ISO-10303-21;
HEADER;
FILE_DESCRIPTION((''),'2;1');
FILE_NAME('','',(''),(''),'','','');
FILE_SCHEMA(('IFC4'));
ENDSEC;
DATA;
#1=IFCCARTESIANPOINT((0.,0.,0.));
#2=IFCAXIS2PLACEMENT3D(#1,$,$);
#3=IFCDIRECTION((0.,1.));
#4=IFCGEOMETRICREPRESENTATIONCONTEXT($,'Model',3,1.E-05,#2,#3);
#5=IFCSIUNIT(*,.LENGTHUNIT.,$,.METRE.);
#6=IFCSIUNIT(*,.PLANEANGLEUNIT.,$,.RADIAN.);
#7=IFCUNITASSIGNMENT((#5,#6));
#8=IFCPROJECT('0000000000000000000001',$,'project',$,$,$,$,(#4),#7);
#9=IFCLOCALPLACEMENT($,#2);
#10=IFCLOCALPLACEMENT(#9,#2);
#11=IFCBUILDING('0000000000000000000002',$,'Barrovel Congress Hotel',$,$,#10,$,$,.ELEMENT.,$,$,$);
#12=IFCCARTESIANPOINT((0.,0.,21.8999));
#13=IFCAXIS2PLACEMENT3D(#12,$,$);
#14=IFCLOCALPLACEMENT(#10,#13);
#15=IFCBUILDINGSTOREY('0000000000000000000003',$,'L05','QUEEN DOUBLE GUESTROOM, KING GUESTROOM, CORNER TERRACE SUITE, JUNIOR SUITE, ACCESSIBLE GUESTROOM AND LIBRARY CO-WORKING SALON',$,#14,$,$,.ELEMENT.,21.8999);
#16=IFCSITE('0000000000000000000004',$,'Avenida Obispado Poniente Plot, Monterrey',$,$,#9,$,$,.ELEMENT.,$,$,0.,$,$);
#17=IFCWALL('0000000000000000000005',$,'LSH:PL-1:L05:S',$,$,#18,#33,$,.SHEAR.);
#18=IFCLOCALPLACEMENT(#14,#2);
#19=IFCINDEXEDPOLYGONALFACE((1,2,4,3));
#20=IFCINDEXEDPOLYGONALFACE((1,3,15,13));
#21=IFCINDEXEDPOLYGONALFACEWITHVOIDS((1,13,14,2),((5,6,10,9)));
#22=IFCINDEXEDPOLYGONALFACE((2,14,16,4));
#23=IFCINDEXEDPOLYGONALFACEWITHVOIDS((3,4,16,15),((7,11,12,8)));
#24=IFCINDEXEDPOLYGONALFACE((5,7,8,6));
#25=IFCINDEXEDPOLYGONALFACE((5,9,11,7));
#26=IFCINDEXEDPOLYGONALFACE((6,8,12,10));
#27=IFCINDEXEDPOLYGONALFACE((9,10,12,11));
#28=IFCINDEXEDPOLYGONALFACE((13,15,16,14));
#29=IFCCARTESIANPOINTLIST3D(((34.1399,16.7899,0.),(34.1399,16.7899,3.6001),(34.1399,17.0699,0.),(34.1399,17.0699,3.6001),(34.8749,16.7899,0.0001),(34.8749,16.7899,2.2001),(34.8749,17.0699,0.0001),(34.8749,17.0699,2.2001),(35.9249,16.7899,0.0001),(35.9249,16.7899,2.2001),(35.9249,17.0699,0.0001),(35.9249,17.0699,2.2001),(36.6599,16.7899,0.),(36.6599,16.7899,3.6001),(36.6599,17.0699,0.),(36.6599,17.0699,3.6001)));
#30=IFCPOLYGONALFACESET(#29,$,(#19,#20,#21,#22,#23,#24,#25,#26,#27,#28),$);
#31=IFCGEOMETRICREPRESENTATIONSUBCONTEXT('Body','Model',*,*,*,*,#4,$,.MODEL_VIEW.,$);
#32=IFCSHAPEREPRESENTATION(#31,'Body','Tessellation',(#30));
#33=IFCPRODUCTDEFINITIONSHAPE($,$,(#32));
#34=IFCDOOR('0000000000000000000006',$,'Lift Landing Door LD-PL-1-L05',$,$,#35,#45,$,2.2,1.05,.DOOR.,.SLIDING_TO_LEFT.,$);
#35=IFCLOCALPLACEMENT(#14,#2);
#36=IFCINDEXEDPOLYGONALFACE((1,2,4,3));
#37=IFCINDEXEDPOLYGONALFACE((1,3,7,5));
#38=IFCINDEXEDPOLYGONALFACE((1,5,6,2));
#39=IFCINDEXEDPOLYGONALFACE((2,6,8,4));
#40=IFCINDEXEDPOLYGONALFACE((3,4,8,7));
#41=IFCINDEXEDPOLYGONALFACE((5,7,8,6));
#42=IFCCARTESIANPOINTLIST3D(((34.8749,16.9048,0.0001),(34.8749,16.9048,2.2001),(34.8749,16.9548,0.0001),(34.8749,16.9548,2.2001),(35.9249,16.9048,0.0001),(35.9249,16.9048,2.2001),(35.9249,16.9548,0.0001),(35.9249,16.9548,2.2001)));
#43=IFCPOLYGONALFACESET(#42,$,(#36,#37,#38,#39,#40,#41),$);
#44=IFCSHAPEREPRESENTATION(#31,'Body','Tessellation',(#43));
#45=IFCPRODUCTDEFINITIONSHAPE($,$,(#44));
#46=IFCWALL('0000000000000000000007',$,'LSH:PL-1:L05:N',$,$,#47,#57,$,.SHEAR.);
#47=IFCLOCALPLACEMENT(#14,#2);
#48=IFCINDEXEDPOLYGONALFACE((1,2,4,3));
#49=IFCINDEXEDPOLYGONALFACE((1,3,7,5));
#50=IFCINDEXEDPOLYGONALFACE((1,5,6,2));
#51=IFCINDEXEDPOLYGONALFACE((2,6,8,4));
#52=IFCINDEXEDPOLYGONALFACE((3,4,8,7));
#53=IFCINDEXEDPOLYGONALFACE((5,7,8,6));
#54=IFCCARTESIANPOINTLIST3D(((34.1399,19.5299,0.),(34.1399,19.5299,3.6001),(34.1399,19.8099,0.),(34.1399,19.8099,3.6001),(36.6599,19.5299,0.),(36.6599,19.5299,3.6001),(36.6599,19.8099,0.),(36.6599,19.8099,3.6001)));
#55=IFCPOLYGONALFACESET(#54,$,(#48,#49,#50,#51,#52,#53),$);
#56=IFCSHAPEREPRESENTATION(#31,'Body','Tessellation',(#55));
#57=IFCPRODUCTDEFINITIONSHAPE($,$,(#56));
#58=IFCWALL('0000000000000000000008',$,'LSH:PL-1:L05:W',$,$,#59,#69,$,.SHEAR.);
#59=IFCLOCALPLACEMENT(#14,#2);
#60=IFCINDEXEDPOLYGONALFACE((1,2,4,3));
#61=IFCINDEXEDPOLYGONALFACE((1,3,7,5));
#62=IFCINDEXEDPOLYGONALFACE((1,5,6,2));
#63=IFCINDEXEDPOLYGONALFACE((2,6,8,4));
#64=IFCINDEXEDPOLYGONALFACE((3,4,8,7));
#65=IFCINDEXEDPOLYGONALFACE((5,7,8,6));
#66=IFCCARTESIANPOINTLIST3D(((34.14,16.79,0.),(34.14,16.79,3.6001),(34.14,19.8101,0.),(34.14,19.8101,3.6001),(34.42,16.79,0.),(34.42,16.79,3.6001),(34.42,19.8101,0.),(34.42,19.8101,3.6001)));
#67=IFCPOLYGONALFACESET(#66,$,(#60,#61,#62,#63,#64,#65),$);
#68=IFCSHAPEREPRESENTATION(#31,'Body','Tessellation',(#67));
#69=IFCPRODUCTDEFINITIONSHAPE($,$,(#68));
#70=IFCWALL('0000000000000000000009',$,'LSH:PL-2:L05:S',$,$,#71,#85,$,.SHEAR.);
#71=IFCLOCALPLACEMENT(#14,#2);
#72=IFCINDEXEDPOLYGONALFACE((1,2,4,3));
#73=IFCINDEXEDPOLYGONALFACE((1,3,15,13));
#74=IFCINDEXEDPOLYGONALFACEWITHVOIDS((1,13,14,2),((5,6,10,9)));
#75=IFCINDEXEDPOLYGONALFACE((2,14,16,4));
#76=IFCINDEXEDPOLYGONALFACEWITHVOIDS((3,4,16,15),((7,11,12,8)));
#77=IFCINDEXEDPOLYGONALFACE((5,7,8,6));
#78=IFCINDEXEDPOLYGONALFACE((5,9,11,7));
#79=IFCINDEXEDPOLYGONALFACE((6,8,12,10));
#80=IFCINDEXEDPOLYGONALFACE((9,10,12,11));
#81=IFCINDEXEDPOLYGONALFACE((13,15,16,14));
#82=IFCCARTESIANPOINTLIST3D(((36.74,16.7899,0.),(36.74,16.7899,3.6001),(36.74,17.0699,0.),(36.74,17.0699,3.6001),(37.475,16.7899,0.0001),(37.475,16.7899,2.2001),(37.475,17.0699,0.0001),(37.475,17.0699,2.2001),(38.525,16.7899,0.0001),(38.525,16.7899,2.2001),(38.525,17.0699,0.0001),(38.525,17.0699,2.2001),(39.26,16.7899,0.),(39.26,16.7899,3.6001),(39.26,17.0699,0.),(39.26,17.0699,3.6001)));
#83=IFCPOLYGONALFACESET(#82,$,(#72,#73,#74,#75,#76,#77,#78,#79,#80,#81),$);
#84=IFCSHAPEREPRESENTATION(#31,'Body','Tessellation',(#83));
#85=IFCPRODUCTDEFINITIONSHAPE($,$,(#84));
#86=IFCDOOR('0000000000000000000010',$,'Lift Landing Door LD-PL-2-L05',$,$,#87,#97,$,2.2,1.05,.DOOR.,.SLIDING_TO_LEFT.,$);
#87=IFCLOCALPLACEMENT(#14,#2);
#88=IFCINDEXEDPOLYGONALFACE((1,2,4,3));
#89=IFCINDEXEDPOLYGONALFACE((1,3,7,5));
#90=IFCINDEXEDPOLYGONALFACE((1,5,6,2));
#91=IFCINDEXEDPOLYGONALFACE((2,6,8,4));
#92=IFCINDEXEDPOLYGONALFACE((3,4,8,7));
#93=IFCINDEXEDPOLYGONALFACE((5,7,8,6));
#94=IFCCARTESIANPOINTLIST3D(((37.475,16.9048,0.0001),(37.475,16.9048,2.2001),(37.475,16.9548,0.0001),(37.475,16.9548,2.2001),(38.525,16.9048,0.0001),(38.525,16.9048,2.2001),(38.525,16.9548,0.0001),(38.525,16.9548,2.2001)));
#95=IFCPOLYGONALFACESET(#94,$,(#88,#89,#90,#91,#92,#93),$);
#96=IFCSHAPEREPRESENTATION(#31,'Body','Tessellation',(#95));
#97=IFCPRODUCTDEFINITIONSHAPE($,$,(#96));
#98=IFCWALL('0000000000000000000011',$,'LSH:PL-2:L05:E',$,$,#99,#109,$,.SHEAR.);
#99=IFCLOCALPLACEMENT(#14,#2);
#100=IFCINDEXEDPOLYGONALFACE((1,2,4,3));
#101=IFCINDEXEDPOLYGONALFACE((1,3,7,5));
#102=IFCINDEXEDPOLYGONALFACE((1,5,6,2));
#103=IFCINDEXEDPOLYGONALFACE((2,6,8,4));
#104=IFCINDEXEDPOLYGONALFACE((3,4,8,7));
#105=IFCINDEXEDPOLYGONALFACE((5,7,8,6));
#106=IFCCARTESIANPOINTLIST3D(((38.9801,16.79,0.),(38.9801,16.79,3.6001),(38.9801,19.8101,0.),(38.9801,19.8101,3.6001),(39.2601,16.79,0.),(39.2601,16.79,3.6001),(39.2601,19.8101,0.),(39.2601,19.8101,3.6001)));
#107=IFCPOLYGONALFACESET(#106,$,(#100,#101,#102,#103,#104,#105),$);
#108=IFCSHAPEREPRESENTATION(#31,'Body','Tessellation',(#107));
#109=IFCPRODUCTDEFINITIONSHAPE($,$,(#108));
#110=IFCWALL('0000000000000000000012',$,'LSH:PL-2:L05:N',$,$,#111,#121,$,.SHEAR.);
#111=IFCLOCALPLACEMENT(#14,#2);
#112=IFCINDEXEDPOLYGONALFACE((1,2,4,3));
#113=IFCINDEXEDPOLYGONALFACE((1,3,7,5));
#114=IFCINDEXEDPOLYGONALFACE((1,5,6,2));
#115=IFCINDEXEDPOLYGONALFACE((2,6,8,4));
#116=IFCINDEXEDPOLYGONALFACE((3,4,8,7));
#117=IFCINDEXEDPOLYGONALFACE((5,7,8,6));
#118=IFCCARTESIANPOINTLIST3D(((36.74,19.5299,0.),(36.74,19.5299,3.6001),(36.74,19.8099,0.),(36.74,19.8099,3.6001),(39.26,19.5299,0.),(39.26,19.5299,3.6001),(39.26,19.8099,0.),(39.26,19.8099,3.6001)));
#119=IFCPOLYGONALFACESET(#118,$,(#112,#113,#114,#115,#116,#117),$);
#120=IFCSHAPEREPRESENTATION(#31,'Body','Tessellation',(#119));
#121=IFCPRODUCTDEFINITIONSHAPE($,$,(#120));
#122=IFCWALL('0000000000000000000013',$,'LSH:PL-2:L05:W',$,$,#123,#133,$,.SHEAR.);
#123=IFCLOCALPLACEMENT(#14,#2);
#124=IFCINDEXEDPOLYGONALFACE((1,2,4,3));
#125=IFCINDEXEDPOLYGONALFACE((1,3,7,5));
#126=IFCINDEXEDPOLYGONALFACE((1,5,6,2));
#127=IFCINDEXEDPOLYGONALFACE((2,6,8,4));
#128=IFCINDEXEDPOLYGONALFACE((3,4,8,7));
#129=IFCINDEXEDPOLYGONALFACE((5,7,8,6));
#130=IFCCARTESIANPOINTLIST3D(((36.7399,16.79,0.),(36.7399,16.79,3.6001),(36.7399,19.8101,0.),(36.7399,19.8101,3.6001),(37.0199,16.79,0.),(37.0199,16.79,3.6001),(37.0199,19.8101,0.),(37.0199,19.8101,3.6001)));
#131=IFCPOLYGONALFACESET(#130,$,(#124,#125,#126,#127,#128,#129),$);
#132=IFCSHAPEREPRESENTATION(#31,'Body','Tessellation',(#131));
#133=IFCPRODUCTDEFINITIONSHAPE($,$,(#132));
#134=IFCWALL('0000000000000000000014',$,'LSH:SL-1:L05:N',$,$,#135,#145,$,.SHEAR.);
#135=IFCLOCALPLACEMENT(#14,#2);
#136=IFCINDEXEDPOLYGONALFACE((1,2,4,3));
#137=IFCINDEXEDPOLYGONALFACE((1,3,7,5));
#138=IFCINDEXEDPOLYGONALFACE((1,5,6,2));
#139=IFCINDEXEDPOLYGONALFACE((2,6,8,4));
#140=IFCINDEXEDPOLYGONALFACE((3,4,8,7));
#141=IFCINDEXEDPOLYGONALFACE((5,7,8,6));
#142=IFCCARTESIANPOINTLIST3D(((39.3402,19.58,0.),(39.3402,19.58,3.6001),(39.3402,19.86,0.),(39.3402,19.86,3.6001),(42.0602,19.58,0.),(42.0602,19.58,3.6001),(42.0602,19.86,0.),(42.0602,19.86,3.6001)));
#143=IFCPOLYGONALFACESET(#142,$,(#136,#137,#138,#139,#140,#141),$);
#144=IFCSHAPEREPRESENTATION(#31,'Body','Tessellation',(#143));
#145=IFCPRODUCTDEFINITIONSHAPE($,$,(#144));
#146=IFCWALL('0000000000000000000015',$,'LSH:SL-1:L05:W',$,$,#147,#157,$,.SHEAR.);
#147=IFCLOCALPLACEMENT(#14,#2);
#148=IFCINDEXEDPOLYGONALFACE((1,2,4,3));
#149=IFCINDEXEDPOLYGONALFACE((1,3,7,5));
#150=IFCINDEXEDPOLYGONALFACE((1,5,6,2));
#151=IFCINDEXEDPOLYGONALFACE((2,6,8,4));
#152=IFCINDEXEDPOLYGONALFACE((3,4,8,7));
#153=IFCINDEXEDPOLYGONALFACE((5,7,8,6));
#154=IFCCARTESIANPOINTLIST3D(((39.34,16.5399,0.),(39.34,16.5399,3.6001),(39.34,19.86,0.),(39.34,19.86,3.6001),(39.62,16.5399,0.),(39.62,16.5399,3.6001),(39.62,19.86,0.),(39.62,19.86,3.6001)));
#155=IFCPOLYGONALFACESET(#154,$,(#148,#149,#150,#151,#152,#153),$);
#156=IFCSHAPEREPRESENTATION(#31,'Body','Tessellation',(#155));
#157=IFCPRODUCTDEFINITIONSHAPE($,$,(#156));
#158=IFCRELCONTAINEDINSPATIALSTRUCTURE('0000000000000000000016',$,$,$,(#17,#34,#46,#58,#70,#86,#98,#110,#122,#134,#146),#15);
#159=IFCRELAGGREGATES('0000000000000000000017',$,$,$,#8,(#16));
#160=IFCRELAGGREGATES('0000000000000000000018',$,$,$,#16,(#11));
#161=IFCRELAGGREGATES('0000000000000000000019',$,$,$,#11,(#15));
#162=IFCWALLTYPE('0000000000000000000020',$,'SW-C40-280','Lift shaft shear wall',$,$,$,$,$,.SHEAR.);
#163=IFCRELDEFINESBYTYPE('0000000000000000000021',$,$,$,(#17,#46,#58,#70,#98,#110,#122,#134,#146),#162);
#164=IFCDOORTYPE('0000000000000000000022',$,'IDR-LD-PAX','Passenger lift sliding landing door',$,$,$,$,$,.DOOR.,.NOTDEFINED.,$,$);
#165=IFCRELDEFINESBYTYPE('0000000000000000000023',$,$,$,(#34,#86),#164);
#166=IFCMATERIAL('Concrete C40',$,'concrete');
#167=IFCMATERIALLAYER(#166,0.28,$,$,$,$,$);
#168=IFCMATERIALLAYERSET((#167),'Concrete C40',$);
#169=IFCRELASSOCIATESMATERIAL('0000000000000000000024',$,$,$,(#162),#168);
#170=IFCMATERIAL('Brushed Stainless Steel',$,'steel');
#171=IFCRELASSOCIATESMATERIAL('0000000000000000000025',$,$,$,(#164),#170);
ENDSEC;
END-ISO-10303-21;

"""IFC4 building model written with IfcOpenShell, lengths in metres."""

from ifc_helpers import new_model, si_unit, direction, frame, frame_2d, origin, place, context, subcontext, project, spatial, rectangle, extrude, material, layer, layer_set, type_object, element, fill, save


model = new_model("IFC4")

# Units and contexts
model_context = context("Model", 3, precision=1e-05, world=origin(), true_north=direction((0.0, 1.0)))
body_context = subcontext(model_context, "Body", "Model", "MODEL_VIEW")
ifc_project = project(units=[si_unit("LENGTHUNIT", "METRE"), si_unit("PLANEANGLEUNIT", "RADIAN")], contexts=[model_context])

# Site, building, storey
site_placement = place(None, origin())
site = spatial("IfcSite", under=ifc_project, at=site_placement, Name="Avenida Obispado Poniente Plot, Monterrey", CompositionType="ELEMENT", RefElevation=0.0)
building_placement = place(site_placement, origin())
building = spatial("IfcBuilding", under=site, at=building_placement, Name="Barrovel Congress Hotel", CompositionType="ELEMENT")
storey_placement = place(building_placement, frame((0.0, 0.0, 21.8999)))
storey = spatial("IfcBuildingStorey", under=building, at=storey_placement, Name="L05", Description="QUEEN DOUBLE GUESTROOM, KING GUESTROOM, CORNER TERRACE SUITE, JUNIOR SUITE, ACCESSIBLE GUESTROOM AND LIBRARY CO-WORKING SALON", CompositionType="ELEMENT", Elevation=21.8999)

# Shared definitions
ifc_material_1 = material(Name="Concrete C40", Category="concrete")

# Wall, opening, door
ifc_layer_1 = layer(ifc_material_1, 0.28)
ifc_layer_set_1 = layer_set([ifc_layer_1], Name="Concrete C40")
wall_type_1 = type_object("IfcWallType", Name="SW-C40-280", Description="Lift shaft shear wall", PredefinedType="SHEAR", material=ifc_layer_set_1)
wall_1_placement = place(storey_placement, frame((34.1399, 16.9299, 0.0), z_axis=(0.0, 0.0, 1.0), x_axis=(1.0, 0.0, 0.0)))
wall_1 = element("IfcWall", 1, at=wall_1_placement, inside=storey, type_object=wall_type_1, Name="LSH:PL-1:L05:S", PredefinedType="SHEAR", context=body_context, shape_type="SweptSolid", body=[
    extrude(rectangle(XDim=2.52, YDim=0.28, at=frame_2d((1.26, 0.0))), origin(), (0.0, 0.0, 1.0), 3.6001),
])
opening_1_placement = place(wall_1_placement, frame((0.7351, 0.0, 0.0)))
opening_1 = element("IfcOpeningElement", 2, at=opening_1_placement, cuts=wall_1, PredefinedType="OPENING", context=body_context, shape_type="SweptSolid", body=[
    extrude(rectangle(XDim=1.05, YDim=2.2, at=frame_2d((0.5249, 1.1001))), frame((0.0, 0.1499, 0.0), z_axis=(0.0, -1.0, 0.0), x_axis=(1.0, 0.0, 0.0)), (0.0, 0.0, 1.0), 0.3),
])
ifc_material_2 = material(Name="Brushed Stainless Steel", Category="steel")
door_type_1 = type_object("IfcDoorType", Name="IDR-LD-PAX", Description="Passenger lift sliding landing door", OperationType="NOTDEFINED", PredefinedType="DOOR", material=ifc_material_2)
door_1_placement = place(opening_1_placement, origin())
door_1 = element("IfcDoor", 3, at=door_1_placement, inside=storey, type_object=door_type_1, Name="Lift Landing Door LD-PL-1-L05", OperationType="SLIDING_TO_LEFT", OverallHeight=2.2, OverallWidth=1.05, PredefinedType="DOOR", context=body_context, shape_type="SweptSolid", body=[
    extrude(rectangle(XDim=1.05, YDim=2.2, at=frame_2d((0.5249, 1.1001))), frame((0.0, 0.0249, 0.0), z_axis=(0.0, -1.0, 0.0), x_axis=(1.0, 0.0, 0.0)), (0.0, 0.0, 1.0), 0.05),
])
fill(opening_1, door_1)

# Walls
wall_2_placement = place(storey_placement, frame((36.6599, 19.6699, 0.0), z_axis=(0.0, 0.0, 1.0), x_axis=(-1.0, 0.0, 0.0)))
element("IfcWall", 4, at=wall_2_placement, inside=storey, type_object=wall_type_1, Name="LSH:PL-1:L05:N", PredefinedType="SHEAR", context=body_context, shape_type="SweptSolid", body=[
    extrude(rectangle(XDim=2.52, YDim=0.28, at=frame_2d((1.26, 0.0))), origin(), (0.0, 0.0, 1.0), 3.6001),
])
wall_3_placement = place(storey_placement, frame((34.28, 19.8101, 0.0), z_axis=(0.0, 0.0, 1.0), x_axis=(0.0, -1.0, 0.0)))
element("IfcWall", 5, at=wall_3_placement, inside=storey, type_object=wall_type_1, Name="LSH:PL-1:L05:W", PredefinedType="SHEAR", context=body_context, shape_type="SweptSolid", body=[
    extrude(rectangle(XDim=3.02, YDim=0.28, at=frame_2d((1.51, 0.0))), origin(), (0.0, 0.0, 1.0), 3.6001),
])

# Wall, opening, door
wall_4_placement = place(storey_placement, frame((36.74, 16.9299, 0.0), z_axis=(0.0, 0.0, 1.0), x_axis=(1.0, 0.0, 0.0)))
wall_4 = element("IfcWall", 6, at=wall_4_placement, inside=storey, type_object=wall_type_1, Name="LSH:PL-2:L05:S", PredefinedType="SHEAR", context=body_context, shape_type="SweptSolid", body=[
    extrude(rectangle(XDim=2.52, YDim=0.28, at=frame_2d((1.26, 0.0))), origin(), (0.0, 0.0, 1.0), 3.6001),
])
opening_2_placement = place(wall_4_placement, frame((0.7351, 0.0, 0.0)))
opening_2 = element("IfcOpeningElement", 7, at=opening_2_placement, cuts=wall_4, PredefinedType="OPENING", context=body_context, shape_type="SweptSolid", body=[
    extrude(rectangle(XDim=1.05, YDim=2.2, at=frame_2d((0.5249, 1.1001))), frame((0.0, 0.1499, 0.0), z_axis=(0.0, -1.0, 0.0), x_axis=(1.0, 0.0, 0.0)), (0.0, 0.0, 1.0), 0.3),
])
door_2_placement = place(opening_2_placement, origin())
door_2 = element("IfcDoor", 8, at=door_2_placement, inside=storey, type_object=door_type_1, Name="Lift Landing Door LD-PL-2-L05", OperationType="SLIDING_TO_LEFT", OverallHeight=2.2, OverallWidth=1.05, PredefinedType="DOOR", context=body_context, shape_type="SweptSolid", body=[
    extrude(rectangle(XDim=1.05, YDim=2.2, at=frame_2d((0.5249, 1.1001))), frame((0.0, 0.0249, 0.0), z_axis=(0.0, -1.0, 0.0), x_axis=(1.0, 0.0, 0.0)), (0.0, 0.0, 1.0), 0.05),
])
fill(opening_2, door_2)

# Walls
wall_5_placement = place(storey_placement, frame((39.1201, 16.79, 0.0), z_axis=(0.0, 0.0, 1.0), x_axis=(0.0, 1.0, 0.0)))
element("IfcWall", 9, at=wall_5_placement, inside=storey, type_object=wall_type_1, Name="LSH:PL-2:L05:E", PredefinedType="SHEAR", context=body_context, shape_type="SweptSolid", body=[
    extrude(rectangle(XDim=3.02, YDim=0.28, at=frame_2d((1.51, 0.0))), origin(), (0.0, 0.0, 1.0), 3.6001),
])
wall_6_placement = place(storey_placement, frame((39.26, 19.6699, 0.0), z_axis=(0.0, 0.0, 1.0), x_axis=(-1.0, 0.0, 0.0)))
element("IfcWall", 10, at=wall_6_placement, inside=storey, type_object=wall_type_1, Name="LSH:PL-2:L05:N", PredefinedType="SHEAR", context=body_context, shape_type="SweptSolid", body=[
    extrude(rectangle(XDim=2.52, YDim=0.28, at=frame_2d((1.26, 0.0))), origin(), (0.0, 0.0, 1.0), 3.6001),
])
wall_7_placement = place(storey_placement, frame((36.8799, 19.8101, 0.0), z_axis=(0.0, 0.0, 1.0), x_axis=(0.0, -1.0, 0.0)))
element("IfcWall", 11, at=wall_7_placement, inside=storey, type_object=wall_type_1, Name="LSH:PL-2:L05:W", PredefinedType="SHEAR", context=body_context, shape_type="SweptSolid", body=[
    extrude(rectangle(XDim=3.02, YDim=0.28, at=frame_2d((1.51, 0.0))), origin(), (0.0, 0.0, 1.0), 3.6001),
])
wall_8_placement = place(storey_placement, frame((42.0601, 19.72, 0.0), z_axis=(0.0, 0.0, 1.0), x_axis=(-1.0, 0.0, 0.0)))
element("IfcWall", 12, at=wall_8_placement, inside=storey, type_object=wall_type_1, Name="LSH:SL-1:L05:N", PredefinedType="SHEAR", context=body_context, shape_type="SweptSolid", body=[
    extrude(rectangle(XDim=2.72, YDim=0.28, at=frame_2d((1.3599, 0.0))), origin(), (0.0, 0.0, 1.0), 3.6001),
])
wall_9_placement = place(storey_placement, frame((39.48, 19.8601, 0.0), z_axis=(0.0, 0.0, 1.0), x_axis=(0.0, -1.0, 0.0)))
element("IfcWall", 13, at=wall_9_placement, inside=storey, type_object=wall_type_1, Name="LSH:SL-1:L05:W", PredefinedType="SHEAR", context=body_context, shape_type="SweptSolid", body=[
    extrude(rectangle(XDim=3.3201, YDim=0.28, at=frame_2d((1.6602, 0.0))), origin(), (0.0, 0.0, 1.0), 3.6001),
])

save(model, "model.ifc")
